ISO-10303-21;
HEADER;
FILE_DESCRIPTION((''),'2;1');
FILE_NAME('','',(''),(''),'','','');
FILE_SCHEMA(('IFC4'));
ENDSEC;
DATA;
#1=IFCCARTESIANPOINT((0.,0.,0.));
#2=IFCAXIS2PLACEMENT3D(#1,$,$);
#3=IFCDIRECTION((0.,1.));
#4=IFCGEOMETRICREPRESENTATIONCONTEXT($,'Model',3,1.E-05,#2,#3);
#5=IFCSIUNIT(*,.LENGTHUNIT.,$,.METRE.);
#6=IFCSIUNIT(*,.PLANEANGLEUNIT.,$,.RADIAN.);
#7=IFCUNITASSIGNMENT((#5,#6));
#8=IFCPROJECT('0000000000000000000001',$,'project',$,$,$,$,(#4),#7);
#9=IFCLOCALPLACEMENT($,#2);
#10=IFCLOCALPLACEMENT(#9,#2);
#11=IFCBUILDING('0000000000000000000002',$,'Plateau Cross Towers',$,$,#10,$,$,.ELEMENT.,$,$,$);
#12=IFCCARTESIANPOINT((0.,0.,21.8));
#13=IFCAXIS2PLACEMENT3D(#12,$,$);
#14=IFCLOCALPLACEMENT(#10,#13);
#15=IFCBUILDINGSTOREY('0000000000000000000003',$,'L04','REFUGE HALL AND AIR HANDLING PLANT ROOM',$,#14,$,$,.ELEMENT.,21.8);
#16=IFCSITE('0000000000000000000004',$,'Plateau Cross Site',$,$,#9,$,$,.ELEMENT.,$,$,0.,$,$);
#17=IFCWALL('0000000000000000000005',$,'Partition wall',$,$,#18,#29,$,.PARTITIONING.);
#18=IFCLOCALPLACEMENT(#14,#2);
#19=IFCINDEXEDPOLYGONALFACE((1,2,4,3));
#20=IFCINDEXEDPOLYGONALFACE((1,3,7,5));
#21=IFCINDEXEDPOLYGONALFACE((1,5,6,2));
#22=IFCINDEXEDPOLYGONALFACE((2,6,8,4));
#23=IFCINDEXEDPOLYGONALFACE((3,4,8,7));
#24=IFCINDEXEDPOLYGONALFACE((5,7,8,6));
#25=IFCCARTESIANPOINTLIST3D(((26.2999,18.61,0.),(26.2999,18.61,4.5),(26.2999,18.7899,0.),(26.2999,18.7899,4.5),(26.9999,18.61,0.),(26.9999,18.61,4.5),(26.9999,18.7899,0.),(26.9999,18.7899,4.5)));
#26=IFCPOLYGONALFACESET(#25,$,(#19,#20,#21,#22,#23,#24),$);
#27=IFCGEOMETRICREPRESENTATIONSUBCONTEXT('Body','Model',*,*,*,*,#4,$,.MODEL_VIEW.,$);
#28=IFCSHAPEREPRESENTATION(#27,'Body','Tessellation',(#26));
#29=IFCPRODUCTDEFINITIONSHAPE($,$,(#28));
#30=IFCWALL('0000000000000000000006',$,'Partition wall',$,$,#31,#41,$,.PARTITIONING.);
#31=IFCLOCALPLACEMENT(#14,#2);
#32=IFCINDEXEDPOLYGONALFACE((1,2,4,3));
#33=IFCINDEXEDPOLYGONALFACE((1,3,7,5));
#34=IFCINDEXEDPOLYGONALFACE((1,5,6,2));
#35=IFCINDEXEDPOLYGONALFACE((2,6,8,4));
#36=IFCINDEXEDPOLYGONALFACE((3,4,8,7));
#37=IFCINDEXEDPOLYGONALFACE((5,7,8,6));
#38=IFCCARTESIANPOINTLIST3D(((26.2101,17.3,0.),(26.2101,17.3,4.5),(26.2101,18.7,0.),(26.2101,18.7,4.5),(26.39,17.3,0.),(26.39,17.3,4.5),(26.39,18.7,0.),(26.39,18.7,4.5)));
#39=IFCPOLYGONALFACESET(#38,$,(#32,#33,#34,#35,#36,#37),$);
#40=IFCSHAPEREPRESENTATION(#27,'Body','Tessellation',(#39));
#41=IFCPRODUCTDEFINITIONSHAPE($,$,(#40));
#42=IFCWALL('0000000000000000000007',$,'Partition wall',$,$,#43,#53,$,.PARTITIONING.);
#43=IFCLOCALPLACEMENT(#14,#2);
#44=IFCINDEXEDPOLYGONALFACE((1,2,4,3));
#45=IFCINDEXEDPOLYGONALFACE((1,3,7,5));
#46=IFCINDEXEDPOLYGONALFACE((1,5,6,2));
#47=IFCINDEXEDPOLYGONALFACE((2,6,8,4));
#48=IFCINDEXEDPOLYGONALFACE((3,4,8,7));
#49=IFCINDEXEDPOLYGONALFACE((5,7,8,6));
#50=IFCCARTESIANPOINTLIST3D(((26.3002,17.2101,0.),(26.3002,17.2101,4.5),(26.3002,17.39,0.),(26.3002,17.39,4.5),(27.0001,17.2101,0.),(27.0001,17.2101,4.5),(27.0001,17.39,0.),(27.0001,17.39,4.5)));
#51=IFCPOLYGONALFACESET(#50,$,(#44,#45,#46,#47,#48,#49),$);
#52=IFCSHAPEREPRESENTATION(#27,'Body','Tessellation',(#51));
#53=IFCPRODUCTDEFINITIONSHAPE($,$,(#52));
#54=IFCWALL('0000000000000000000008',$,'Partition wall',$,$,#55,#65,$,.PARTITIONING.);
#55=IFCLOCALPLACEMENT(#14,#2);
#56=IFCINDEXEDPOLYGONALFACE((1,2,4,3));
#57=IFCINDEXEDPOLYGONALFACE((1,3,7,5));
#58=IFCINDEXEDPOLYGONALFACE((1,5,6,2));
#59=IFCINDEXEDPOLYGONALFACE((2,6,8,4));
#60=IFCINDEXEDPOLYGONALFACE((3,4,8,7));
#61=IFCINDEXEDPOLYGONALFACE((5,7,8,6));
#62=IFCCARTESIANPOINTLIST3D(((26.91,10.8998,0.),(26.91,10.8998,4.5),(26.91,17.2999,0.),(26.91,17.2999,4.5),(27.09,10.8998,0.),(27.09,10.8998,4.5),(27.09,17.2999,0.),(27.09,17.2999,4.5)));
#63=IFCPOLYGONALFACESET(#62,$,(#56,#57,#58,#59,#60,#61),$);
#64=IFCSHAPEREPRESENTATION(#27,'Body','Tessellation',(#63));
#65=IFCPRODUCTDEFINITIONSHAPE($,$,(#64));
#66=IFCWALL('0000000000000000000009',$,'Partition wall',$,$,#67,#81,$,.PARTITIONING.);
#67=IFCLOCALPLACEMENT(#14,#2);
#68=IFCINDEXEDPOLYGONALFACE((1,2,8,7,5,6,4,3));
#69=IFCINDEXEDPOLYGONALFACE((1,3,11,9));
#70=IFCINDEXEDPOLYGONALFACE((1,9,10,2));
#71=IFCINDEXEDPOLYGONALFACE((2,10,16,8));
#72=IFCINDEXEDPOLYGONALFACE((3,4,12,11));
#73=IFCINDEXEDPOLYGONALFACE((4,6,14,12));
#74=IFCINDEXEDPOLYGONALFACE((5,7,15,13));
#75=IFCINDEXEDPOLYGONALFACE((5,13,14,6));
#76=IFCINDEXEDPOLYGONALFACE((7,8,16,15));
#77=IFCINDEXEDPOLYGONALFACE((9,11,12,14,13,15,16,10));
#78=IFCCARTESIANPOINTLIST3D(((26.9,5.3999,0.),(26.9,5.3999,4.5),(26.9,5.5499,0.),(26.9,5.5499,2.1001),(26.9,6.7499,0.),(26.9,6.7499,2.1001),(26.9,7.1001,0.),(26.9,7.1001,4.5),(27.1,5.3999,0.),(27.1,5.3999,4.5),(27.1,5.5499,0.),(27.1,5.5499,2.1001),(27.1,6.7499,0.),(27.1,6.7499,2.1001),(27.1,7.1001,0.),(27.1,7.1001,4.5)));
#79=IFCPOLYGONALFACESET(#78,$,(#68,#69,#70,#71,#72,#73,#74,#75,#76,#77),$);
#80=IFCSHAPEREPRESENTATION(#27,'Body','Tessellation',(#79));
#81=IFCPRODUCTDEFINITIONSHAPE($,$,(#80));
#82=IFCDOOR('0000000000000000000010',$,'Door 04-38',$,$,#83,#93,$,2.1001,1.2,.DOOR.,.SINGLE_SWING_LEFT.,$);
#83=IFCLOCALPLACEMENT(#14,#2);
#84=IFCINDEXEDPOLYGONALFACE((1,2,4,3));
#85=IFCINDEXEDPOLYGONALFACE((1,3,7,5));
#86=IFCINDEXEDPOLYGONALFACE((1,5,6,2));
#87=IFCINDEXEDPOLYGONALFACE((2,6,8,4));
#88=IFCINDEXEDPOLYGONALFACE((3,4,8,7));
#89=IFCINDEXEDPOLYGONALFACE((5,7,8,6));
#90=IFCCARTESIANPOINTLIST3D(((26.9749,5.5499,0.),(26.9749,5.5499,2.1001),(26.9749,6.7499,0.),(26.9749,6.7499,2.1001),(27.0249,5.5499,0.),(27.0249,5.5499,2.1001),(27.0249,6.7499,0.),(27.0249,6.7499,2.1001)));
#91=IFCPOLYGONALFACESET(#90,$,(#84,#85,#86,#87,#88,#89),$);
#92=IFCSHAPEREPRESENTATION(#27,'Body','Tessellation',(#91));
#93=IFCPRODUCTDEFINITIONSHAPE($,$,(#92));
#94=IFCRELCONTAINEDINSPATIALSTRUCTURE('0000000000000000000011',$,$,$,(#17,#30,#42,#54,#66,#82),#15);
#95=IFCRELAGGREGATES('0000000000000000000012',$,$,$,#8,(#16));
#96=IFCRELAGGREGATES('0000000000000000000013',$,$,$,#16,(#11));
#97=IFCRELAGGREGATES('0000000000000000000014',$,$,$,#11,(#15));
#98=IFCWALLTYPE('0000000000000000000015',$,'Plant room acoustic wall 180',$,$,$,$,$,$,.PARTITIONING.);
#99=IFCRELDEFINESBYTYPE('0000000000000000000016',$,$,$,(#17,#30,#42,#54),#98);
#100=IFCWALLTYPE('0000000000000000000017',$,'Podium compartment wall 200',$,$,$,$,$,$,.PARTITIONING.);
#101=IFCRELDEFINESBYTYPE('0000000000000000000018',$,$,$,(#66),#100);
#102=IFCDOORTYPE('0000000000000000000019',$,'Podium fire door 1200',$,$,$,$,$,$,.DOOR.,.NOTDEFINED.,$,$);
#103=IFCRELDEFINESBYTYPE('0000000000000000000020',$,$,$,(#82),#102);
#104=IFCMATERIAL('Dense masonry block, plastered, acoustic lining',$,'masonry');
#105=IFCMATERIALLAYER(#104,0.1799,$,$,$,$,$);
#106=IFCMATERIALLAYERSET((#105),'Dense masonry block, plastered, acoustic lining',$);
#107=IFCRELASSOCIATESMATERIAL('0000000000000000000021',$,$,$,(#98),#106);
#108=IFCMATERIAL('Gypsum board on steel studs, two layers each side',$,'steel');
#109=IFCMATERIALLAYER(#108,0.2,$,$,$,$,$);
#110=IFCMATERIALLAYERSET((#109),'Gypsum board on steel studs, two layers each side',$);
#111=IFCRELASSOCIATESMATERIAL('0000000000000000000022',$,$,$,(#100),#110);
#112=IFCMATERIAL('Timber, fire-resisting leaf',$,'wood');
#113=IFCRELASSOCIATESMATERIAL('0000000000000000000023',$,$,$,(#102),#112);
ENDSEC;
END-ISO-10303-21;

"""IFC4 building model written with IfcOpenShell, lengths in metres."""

from ifc_helpers import new_model, si_unit, direction, frame, frame_2d, origin, place, context, subcontext, project, spatial, rectangle, extrude, material, layer, layer_set, type_object, element, fill, save


model = new_model("IFC4")

# Units and contexts
model_context = context("Model", 3, precision=1e-05, world=origin(), true_north=direction((0.0, 1.0)))
body_context = subcontext(model_context, "Body", "Model", "MODEL_VIEW")
ifc_project = project(units=[si_unit("LENGTHUNIT", "METRE"), si_unit("PLANEANGLEUNIT", "RADIAN")], contexts=[model_context])

# Site, building, storey
site_placement = place(None, origin())
site = spatial("IfcSite", under=ifc_project, at=site_placement, Name="Plateau Cross Site", CompositionType="ELEMENT", RefElevation=0.0)
building_placement = place(site_placement, origin())
building = spatial("IfcBuilding", under=site, at=building_placement, Name="Plateau Cross Towers", CompositionType="ELEMENT")
storey_placement = place(building_placement, frame((0.0, 0.0, 21.8)))
storey = spatial("IfcBuildingStorey", under=building, at=storey_placement, Name="L04", Description="REFUGE HALL AND AIR HANDLING PLANT ROOM", CompositionType="ELEMENT", Elevation=21.8)

# Shared definitions
ifc_material_1 = material(Name="Timber, fire-resisting leaf", Category="wood")

# Walls
ifc_material_2 = material(Name="Dense masonry block, plastered, acoustic lining", Category="masonry")
ifc_layer_1 = layer(ifc_material_2, 0.1799)
ifc_layer_set_1 = layer_set([ifc_layer_1], Name="Dense masonry block, plastered, acoustic lining")
wall_type_1 = type_object("IfcWallType", Name="Plant room acoustic wall 180", PredefinedType="PARTITIONING", material=ifc_layer_set_1)
wall_1_placement = place(storey_placement, frame((27.0, 18.7, 0.0), z_axis=(0.0, 0.0, 1.0), x_axis=(-1.0, 0.0, 0.0)))
element("IfcWall", 1, at=wall_1_placement, inside=storey, type_object=wall_type_1, Name="Partition wall", PredefinedType="PARTITIONING", context=body_context, shape_type="SweptSolid", body=[
    extrude(rectangle(XDim=0.7, YDim=0.1799, at=frame_2d((0.3501, 0.0))), origin(), (0.0, 0.0, 1.0), 4.5),
])
wall_2_placement = place(storey_placement, frame((26.3, 18.7, 0.0), z_axis=(0.0, 0.0, 1.0), x_axis=(0.0, -1.0, 0.0)))
element("IfcWall", 2, at=wall_2_placement, inside=storey, type_object=wall_type_1, Name="Partition wall", PredefinedType="PARTITIONING", context=body_context, shape_type="SweptSolid", body=[
    extrude(rectangle(XDim=1.3999, YDim=0.1799, at=frame_2d((0.7, 0.0))), origin(), (0.0, 0.0, 1.0), 4.5),
])
wall_3_placement = place(storey_placement, frame((26.3, 17.3, 0.0), z_axis=(0.0, 0.0, 1.0), x_axis=(1.0, 0.0, 0.0)))
element("IfcWall", 3, at=wall_3_placement, inside=storey, type_object=wall_type_1, Name="Partition wall", PredefinedType="PARTITIONING", context=body_context, shape_type="SweptSolid", body=[
    extrude(rectangle(XDim=0.7, YDim=0.1799, at=frame_2d((0.3501, 0.0))), origin(), (0.0, 0.0, 1.0), 4.5),
])
wall_4_placement = place(storey_placement, frame((27.0, 17.3, 0.0), z_axis=(0.0, 0.0, 1.0), x_axis=(0.0, -1.0, 0.0)))
element("IfcWall", 4, at=wall_4_placement, inside=storey, type_object=wall_type_1, Name="Partition wall", PredefinedType="PARTITIONING", context=body_context, shape_type="SweptSolid", body=[
    extrude(rectangle(XDim=6.4001, YDim=0.1799, at=frame_2d((3.2002, 0.0))), origin(), (0.0, 0.0, 1.0), 4.5),
])

# Wall, opening, door
ifc_material_3 = material(Name="Gypsum board on steel studs, two layers each side", Category="steel")
ifc_layer_2 = layer(ifc_material_3, 0.2)
ifc_layer_set_2 = layer_set([ifc_layer_2], Name="Gypsum board on steel studs, two layers each side")
wall_type_2 = type_object("IfcWallType", Name="Podium compartment wall 200", PredefinedType="PARTITIONING", material=ifc_layer_set_2)
wall_5_placement = place(storey_placement, frame((27.0, 7.1001, 0.0), z_axis=(0.0, 0.0, 1.0), x_axis=(0.0, -1.0, 0.0)))
wall_5 = element("IfcWall", 5, at=wall_5_placement, inside=storey, type_object=wall_type_2, Name="Partition wall", PredefinedType="PARTITIONING", context=body_context, shape_type="SweptSolid", body=[
    extrude(rectangle(XDim=1.7002, YDim=0.2, at=frame_2d((0.8501, 0.0))), origin(), (0.0, 0.0, 1.0), 4.5),
])
opening_1_placement = place(wall_5_placement, frame((0.3501, 0.0, 0.0)))
opening_1 = element("IfcOpeningElement", 6, at=opening_1_placement, cuts=wall_5, PredefinedType="OPENING", context=body_context, shape_type="SweptSolid", body=[
    extrude(rectangle(XDim=1.2, YDim=2.1001, at=frame_2d((0.6001, 1.05))), frame((0.0, 0.1099, 0.0), z_axis=(0.0, -1.0, 0.0), x_axis=(1.0, 0.0, 0.0)), (0.0, 0.0, 1.0), 0.22),
])
door_type_1 = type_object("IfcDoorType", Name="Podium fire door 1200", OperationType="NOTDEFINED", PredefinedType="DOOR", material=ifc_material_1)
door_1_placement = place(opening_1_placement, origin())
door_1 = element("IfcDoor", 7, at=door_1_placement, inside=storey, type_object=door_type_1, Name="Door 04-38", OperationType="SINGLE_SWING_LEFT", OverallHeight=2.1001, OverallWidth=1.2, PredefinedType="DOOR", context=body_context, shape_type="SweptSolid", body=[
    extrude(rectangle(XDim=1.2, YDim=2.1001, at=frame_2d((0.6001, 1.05))), frame((0.0, 0.0249, 0.0), z_axis=(0.0, -1.0, 0.0), x_axis=(1.0, 0.0, 0.0)), (0.0, 0.0, 1.0), 0.05),
])
fill(opening_1, door_1)

save(model, "model.ifc")
